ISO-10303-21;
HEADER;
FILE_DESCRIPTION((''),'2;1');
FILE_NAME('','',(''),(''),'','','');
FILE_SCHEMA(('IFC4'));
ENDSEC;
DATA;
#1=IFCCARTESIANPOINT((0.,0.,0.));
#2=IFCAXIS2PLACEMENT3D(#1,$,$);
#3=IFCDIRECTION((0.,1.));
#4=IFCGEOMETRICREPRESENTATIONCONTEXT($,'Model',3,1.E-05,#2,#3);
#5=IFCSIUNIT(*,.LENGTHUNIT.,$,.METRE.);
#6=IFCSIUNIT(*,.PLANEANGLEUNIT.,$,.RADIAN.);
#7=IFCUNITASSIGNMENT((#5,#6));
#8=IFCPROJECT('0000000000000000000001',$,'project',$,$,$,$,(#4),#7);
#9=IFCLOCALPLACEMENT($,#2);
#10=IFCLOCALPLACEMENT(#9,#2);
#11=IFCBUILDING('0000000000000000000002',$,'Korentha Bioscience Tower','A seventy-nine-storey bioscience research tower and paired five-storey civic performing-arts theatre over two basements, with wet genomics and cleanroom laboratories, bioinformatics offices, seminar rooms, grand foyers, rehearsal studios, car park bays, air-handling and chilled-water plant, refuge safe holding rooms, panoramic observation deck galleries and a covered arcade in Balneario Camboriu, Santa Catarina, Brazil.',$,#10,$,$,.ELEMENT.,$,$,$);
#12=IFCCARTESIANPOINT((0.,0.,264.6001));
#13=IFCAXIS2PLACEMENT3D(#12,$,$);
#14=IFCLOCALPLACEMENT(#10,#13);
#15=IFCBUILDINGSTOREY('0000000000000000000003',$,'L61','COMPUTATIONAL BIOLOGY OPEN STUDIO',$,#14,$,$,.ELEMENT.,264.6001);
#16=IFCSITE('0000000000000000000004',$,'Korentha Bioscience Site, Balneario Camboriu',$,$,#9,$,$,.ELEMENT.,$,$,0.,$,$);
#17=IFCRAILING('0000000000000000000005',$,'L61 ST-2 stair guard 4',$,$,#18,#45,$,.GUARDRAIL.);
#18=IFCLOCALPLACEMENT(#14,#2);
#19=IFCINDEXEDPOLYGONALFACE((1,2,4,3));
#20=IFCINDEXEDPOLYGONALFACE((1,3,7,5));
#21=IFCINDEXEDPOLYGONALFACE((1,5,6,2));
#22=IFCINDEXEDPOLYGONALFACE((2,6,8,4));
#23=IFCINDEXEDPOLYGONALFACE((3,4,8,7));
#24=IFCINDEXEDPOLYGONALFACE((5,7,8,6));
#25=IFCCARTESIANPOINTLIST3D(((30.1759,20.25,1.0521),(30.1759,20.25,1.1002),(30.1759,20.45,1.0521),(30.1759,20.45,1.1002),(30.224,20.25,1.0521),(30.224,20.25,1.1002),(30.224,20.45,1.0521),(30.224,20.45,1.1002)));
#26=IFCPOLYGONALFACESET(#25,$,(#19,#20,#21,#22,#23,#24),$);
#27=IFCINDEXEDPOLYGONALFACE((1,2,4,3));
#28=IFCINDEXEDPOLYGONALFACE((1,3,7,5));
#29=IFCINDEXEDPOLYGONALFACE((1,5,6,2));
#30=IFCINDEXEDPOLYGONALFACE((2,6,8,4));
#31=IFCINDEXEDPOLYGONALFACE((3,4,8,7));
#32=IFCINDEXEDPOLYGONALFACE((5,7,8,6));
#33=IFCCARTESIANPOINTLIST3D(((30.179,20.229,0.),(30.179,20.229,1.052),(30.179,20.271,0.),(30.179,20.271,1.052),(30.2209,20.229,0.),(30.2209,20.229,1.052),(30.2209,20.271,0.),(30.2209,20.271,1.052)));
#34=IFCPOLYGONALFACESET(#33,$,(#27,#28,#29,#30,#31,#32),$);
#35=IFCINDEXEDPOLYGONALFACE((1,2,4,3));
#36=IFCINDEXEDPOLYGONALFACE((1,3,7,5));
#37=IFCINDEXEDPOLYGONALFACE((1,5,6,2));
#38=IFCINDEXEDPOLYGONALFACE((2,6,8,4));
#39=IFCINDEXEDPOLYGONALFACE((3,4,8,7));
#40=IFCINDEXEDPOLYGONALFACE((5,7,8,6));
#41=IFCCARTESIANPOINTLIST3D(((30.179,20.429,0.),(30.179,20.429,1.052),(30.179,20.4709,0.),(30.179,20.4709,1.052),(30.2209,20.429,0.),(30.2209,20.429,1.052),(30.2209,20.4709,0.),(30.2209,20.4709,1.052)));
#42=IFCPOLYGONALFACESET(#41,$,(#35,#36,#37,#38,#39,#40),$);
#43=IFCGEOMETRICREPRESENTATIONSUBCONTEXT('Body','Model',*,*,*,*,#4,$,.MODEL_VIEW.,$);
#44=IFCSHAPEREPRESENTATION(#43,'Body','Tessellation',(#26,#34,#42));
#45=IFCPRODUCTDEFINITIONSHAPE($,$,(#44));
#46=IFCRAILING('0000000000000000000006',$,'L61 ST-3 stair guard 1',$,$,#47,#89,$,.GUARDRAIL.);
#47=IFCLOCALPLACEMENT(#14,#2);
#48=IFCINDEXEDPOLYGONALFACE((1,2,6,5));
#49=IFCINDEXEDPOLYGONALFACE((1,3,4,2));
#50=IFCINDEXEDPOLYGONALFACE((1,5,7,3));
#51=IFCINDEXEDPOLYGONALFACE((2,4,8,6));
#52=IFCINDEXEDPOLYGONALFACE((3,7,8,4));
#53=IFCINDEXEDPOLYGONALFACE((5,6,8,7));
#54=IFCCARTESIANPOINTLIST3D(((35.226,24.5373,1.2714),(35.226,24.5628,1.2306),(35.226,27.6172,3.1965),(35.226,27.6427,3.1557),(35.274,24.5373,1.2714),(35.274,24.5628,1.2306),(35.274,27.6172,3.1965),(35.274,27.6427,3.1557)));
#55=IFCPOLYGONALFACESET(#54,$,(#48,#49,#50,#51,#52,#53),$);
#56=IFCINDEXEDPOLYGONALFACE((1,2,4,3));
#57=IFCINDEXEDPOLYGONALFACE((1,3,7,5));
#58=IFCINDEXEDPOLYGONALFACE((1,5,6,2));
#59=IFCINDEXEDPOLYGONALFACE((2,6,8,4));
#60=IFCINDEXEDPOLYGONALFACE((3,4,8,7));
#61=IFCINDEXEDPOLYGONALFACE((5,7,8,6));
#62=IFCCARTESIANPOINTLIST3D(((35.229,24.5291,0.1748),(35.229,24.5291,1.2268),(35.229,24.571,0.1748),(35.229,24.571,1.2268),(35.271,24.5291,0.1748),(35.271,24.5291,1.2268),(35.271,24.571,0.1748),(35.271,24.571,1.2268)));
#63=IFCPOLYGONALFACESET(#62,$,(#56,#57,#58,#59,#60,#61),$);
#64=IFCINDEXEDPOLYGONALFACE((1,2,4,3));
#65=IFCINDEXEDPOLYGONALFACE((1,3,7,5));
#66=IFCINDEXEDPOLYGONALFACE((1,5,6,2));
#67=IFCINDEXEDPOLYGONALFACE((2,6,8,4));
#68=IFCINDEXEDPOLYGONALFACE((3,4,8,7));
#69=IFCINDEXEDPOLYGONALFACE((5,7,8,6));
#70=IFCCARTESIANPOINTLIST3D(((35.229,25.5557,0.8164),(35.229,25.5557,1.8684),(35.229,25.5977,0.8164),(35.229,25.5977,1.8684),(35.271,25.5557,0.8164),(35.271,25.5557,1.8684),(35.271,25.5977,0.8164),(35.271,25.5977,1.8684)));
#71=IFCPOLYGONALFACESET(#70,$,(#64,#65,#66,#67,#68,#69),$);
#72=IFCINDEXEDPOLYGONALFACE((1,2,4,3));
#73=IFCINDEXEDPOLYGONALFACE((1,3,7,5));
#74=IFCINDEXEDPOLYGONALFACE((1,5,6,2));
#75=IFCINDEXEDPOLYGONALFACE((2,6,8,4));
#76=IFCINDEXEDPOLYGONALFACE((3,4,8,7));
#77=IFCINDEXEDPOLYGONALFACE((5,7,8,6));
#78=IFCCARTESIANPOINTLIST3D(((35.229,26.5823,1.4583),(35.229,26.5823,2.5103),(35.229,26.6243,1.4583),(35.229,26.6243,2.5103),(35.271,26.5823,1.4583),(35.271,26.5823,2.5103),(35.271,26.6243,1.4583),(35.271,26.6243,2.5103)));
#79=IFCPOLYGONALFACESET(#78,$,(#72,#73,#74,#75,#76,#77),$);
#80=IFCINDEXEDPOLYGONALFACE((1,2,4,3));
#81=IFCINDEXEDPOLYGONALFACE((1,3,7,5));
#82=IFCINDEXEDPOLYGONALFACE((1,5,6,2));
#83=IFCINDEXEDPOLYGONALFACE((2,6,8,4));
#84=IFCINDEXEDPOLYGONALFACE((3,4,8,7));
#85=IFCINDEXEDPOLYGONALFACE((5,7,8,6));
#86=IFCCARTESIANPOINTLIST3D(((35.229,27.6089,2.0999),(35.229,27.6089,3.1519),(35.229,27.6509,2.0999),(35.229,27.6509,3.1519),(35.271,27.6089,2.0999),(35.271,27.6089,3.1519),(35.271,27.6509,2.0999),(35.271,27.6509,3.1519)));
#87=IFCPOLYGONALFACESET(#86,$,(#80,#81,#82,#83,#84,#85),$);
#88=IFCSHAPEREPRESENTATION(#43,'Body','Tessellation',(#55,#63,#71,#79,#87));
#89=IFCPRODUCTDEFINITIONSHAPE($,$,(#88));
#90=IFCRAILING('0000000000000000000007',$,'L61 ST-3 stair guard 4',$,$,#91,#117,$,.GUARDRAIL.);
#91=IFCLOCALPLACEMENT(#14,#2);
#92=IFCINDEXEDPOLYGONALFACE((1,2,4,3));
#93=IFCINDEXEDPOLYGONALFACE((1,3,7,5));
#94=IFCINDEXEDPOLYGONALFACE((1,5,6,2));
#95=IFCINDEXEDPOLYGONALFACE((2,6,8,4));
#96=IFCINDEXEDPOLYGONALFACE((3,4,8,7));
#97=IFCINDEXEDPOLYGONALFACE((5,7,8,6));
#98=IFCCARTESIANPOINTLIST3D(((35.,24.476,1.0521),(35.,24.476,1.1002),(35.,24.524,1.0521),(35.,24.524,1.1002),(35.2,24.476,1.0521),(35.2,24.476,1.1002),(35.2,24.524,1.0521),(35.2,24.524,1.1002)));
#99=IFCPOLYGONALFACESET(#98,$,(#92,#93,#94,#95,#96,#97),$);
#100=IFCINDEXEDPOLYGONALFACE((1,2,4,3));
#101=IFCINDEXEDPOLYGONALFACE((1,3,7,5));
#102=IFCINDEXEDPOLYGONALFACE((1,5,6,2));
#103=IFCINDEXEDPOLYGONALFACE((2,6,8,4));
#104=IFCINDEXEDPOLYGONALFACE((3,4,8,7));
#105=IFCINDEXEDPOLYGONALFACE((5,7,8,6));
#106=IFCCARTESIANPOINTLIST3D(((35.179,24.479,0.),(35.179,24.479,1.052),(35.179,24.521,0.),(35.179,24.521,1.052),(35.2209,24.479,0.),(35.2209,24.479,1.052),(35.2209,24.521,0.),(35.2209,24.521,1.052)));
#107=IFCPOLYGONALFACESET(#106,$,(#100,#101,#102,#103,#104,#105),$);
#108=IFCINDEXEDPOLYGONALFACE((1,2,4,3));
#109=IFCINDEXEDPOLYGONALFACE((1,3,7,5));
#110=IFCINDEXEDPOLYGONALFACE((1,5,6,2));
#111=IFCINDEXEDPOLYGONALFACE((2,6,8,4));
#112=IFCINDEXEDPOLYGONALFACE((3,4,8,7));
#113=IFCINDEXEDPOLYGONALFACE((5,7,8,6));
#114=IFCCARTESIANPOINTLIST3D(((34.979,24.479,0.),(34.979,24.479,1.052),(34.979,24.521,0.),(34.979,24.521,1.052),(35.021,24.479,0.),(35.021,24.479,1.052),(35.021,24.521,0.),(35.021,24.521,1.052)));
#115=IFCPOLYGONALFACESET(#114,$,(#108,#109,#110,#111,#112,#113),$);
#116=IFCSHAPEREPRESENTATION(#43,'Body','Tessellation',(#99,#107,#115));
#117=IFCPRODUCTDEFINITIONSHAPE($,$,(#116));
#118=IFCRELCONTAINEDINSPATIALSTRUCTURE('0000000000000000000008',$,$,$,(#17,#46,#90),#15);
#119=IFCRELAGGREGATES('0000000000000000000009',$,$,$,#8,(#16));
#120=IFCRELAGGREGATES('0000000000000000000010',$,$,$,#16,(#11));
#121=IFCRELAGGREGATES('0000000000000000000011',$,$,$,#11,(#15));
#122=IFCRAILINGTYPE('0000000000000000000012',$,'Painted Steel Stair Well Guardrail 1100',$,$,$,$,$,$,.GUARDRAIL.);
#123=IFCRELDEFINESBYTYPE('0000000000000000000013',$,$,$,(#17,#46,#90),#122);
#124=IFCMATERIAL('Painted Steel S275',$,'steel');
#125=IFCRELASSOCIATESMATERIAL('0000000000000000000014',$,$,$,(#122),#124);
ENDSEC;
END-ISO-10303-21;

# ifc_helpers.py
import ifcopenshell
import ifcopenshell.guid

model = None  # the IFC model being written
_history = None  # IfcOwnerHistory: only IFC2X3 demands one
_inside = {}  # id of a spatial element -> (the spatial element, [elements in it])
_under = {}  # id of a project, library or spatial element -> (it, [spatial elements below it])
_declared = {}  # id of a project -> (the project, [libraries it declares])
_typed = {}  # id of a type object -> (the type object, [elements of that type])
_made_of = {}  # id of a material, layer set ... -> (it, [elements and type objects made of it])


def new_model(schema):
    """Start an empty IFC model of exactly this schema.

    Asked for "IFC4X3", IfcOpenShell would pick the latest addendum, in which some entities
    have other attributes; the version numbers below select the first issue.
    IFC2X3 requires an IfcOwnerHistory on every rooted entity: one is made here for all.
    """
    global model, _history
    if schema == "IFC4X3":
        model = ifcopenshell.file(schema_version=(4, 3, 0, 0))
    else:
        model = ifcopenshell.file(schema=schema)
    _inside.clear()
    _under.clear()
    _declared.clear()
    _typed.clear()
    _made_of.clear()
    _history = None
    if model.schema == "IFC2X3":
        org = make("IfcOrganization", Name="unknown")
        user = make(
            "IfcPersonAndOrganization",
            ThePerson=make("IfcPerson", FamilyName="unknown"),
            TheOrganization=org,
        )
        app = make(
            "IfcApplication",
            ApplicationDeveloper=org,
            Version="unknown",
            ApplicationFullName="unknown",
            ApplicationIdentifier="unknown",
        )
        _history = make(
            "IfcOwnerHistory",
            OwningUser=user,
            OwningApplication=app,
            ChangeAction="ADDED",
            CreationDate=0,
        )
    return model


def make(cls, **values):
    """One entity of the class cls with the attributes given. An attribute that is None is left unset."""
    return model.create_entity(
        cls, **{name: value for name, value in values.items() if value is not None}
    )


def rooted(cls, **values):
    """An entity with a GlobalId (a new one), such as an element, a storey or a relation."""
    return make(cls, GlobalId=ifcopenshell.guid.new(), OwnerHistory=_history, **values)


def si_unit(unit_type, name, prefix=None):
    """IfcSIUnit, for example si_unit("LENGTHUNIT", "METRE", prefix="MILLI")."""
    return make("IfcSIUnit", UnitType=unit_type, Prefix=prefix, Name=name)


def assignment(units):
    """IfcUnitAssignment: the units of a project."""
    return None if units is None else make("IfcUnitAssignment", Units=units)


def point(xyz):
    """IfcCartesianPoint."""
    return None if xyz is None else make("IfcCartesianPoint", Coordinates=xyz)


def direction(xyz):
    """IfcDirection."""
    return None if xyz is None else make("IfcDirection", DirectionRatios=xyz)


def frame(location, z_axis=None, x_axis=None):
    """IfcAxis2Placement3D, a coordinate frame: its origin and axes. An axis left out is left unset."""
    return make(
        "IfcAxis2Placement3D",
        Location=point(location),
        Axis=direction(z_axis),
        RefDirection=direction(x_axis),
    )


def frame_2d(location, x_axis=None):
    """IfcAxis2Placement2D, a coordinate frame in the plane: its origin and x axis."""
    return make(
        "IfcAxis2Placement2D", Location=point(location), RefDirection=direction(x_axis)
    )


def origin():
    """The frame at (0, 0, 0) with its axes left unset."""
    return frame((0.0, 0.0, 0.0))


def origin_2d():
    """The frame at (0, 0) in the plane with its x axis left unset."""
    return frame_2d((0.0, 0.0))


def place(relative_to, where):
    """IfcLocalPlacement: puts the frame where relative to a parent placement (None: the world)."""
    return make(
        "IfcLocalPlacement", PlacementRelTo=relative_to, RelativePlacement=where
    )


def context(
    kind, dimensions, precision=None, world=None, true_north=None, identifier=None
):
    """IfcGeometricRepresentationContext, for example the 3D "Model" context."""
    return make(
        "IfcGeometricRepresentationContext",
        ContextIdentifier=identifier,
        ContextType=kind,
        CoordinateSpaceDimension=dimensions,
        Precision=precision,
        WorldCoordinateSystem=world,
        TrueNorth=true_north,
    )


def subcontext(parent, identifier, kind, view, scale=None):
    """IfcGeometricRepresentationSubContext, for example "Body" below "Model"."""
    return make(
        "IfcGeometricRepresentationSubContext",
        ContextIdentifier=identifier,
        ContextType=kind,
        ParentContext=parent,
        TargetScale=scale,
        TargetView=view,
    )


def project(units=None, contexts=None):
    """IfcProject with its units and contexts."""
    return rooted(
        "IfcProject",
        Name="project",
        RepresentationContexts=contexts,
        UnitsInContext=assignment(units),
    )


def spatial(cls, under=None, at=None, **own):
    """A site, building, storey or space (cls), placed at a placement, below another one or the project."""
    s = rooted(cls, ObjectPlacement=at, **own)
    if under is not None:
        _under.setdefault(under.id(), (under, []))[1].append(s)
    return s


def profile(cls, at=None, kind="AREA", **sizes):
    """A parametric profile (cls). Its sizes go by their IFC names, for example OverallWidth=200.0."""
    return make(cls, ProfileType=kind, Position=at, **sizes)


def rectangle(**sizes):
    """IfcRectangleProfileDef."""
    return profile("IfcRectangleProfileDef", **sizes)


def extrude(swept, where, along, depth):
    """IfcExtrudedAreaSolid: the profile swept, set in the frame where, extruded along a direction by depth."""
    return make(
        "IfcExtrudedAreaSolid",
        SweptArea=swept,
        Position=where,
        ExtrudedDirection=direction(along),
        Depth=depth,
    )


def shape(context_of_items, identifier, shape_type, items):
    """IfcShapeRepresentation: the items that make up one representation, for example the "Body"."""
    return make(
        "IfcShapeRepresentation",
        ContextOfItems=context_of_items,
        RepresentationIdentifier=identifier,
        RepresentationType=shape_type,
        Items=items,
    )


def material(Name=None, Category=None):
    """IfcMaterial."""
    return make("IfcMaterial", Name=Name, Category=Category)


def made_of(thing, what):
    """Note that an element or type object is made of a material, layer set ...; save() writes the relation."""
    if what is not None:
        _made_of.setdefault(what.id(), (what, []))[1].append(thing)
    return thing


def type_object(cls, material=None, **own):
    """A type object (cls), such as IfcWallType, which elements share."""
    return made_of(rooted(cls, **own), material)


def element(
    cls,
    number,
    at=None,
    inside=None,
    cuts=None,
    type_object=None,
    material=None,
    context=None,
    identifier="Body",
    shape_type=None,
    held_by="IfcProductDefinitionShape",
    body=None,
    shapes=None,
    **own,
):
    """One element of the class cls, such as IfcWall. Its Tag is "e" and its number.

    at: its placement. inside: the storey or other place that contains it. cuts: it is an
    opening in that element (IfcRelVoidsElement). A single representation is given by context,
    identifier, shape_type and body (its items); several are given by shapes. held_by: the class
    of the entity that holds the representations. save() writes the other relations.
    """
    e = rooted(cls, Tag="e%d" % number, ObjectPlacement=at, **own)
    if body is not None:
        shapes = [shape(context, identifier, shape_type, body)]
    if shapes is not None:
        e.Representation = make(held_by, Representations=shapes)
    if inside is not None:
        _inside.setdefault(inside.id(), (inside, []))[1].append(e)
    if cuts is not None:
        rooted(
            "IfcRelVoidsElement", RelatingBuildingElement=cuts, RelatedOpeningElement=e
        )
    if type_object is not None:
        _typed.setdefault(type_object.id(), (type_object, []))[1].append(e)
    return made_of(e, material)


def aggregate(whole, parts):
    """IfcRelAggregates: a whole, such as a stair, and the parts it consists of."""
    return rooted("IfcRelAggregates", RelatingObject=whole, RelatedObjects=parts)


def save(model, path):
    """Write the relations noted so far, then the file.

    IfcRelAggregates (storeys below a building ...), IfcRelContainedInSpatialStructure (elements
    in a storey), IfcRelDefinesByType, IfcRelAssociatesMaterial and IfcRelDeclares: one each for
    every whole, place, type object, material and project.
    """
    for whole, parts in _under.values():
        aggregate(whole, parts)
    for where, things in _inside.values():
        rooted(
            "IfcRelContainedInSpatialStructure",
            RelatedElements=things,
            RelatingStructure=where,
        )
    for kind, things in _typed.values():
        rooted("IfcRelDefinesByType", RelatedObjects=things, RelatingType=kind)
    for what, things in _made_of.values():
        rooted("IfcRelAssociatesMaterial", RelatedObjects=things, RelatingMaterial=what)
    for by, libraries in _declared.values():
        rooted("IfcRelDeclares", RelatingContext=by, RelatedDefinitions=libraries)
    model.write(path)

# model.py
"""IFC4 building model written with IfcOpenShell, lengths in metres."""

from ifc_helpers import new_model, si_unit, direction, frame, origin, origin_2d, place, context, subcontext, project, spatial, rectangle, extrude, material, type_object, element, save


model = new_model("IFC4")

# Units and contexts
model_context = context("Model", 3, precision=1e-05, world=origin(), true_north=direction((0.0, 1.0)))
body_context = subcontext(model_context, "Body", "Model", "MODEL_VIEW")
ifc_project = project(units=[si_unit("LENGTHUNIT", "METRE"), si_unit("PLANEANGLEUNIT", "RADIAN")], contexts=[model_context])

# Site, building, storey
site_placement = place(None, origin())
site = spatial("IfcSite", under=ifc_project, at=site_placement, Name="Korentha Bioscience Site, Balneario Camboriu", CompositionType="ELEMENT", RefElevation=0.0)
building_placement = place(site_placement, origin())
building = spatial("IfcBuilding", under=site, at=building_placement, Name="Korentha Bioscience Tower", Description="A seventy-nine-storey bioscience research tower and paired five-storey civic performing-arts theatre over two basements, with wet genomics and cleanroom laboratories, bioinformatics offices, seminar rooms, grand foyers, rehearsal studios, car park bays, air-handling and chilled-water plant, refuge safe holding rooms, panoramic observation deck galleries and a covered arcade in Balneario Camboriu, Santa Catarina, Brazil.", CompositionType="ELEMENT")
storey_placement = place(building_placement, frame((0.0, 0.0, 264.6001)))
storey = spatial("IfcBuildingStorey", under=building, at=storey_placement, Name="L61", Description="COMPUTATIONAL BIOLOGY OPEN STUDIO", CompositionType="ELEMENT", Elevation=264.6001)

# Railings
ifc_material_1 = material(Name="Painted Steel S275", Category="steel")
railing_type_1 = type_object("IfcRailingType", Name="Painted Steel Stair Well Guardrail 1100", PredefinedType="GUARDRAIL", material=ifc_material_1)
railing_1_placement = place(storey_placement, frame((30.2, 20.25, 0.0)))
element("IfcRailing", 1, at=railing_1_placement, inside=storey, type_object=railing_type_1, Name="L61 ST-2 stair guard 4", PredefinedType="GUARDRAIL", context=body_context, shape_type="SweptSolid", body=[
    extrude(rectangle(XDim=0.0481, YDim=0.0481, at=origin_2d()), frame((0.0, 0.0, 1.0762), z_axis=(0.0, 1.0, 0.0), x_axis=(-1.0, 0.0, 0.0)), (0.0, 0.0, 1.0), 0.2),
    extrude(rectangle(XDim=0.042, YDim=0.042, at=origin_2d()), origin(), (0.0, 0.0, 1.0), 1.052),
    extrude(rectangle(XDim=0.042, YDim=0.042, at=origin_2d()), frame((0.0, 0.2, 0.0)), (0.0, 0.0, 1.0), 1.052),
])
railing_2_placement = place(storey_placement, frame((35.25, 24.55, 0.1748)))
element("IfcRailing", 2, at=railing_2_placement, inside=storey, type_object=railing_type_1, Name="L61 ST-3 stair guard 1", PredefinedType="GUARDRAIL", context=body_context, shape_type="SweptSolid", body=[
    extrude(rectangle(XDim=0.0481, YDim=0.0481, at=origin_2d()), frame((0.0, 0.0, 1.0762), z_axis=(0.0, 0.847979, 0.530029), x_axis=(-1.0, 0.0, 0.0)), (0.0, 0.0, 1.0), 3.6321),
    extrude(rectangle(XDim=0.042, YDim=0.042, at=origin_2d()), origin(), (0.0, 0.0, 1.0), 1.052),
    extrude(rectangle(XDim=0.042, YDim=0.042, at=origin_2d()), frame((0.0, 1.0266, 0.6416)), (0.0, 0.0, 1.0), 1.052),
    extrude(rectangle(XDim=0.042, YDim=0.042, at=origin_2d()), frame((0.0, 2.0532, 1.2834)), (0.0, 0.0, 1.0), 1.052),
    extrude(rectangle(XDim=0.042, YDim=0.042, at=origin_2d()), frame((0.0, 3.0798, 1.925)), (0.0, 0.0, 1.0), 1.052),
])
railing_3_placement = place(storey_placement, frame((35.2, 24.5, 0.0)))
element("IfcRailing", 3, at=railing_3_placement, inside=storey, type_object=railing_type_1, Name="L61 ST-3 stair guard 4", PredefinedType="GUARDRAIL", context=body_context, shape_type="SweptSolid", body=[
    extrude(rectangle(XDim=0.0481, YDim=0.0481, at=origin_2d()), frame((0.0, 0.0, 1.0762), z_axis=(-1.0, 0.0, 0.0), x_axis=(0.0, -1.0, 0.0)), (0.0, 0.0, 1.0), 0.2),
    extrude(rectangle(XDim=0.042, YDim=0.042, at=origin_2d()), origin(), (0.0, 0.0, 1.0), 1.052),
    extrude(rectangle(XDim=0.042, YDim=0.042, at=origin_2d()), frame((-0.2, 0.0, 0.0)), (0.0, 0.0, 1.0), 1.052),
])

save(model, "model.ifc")
